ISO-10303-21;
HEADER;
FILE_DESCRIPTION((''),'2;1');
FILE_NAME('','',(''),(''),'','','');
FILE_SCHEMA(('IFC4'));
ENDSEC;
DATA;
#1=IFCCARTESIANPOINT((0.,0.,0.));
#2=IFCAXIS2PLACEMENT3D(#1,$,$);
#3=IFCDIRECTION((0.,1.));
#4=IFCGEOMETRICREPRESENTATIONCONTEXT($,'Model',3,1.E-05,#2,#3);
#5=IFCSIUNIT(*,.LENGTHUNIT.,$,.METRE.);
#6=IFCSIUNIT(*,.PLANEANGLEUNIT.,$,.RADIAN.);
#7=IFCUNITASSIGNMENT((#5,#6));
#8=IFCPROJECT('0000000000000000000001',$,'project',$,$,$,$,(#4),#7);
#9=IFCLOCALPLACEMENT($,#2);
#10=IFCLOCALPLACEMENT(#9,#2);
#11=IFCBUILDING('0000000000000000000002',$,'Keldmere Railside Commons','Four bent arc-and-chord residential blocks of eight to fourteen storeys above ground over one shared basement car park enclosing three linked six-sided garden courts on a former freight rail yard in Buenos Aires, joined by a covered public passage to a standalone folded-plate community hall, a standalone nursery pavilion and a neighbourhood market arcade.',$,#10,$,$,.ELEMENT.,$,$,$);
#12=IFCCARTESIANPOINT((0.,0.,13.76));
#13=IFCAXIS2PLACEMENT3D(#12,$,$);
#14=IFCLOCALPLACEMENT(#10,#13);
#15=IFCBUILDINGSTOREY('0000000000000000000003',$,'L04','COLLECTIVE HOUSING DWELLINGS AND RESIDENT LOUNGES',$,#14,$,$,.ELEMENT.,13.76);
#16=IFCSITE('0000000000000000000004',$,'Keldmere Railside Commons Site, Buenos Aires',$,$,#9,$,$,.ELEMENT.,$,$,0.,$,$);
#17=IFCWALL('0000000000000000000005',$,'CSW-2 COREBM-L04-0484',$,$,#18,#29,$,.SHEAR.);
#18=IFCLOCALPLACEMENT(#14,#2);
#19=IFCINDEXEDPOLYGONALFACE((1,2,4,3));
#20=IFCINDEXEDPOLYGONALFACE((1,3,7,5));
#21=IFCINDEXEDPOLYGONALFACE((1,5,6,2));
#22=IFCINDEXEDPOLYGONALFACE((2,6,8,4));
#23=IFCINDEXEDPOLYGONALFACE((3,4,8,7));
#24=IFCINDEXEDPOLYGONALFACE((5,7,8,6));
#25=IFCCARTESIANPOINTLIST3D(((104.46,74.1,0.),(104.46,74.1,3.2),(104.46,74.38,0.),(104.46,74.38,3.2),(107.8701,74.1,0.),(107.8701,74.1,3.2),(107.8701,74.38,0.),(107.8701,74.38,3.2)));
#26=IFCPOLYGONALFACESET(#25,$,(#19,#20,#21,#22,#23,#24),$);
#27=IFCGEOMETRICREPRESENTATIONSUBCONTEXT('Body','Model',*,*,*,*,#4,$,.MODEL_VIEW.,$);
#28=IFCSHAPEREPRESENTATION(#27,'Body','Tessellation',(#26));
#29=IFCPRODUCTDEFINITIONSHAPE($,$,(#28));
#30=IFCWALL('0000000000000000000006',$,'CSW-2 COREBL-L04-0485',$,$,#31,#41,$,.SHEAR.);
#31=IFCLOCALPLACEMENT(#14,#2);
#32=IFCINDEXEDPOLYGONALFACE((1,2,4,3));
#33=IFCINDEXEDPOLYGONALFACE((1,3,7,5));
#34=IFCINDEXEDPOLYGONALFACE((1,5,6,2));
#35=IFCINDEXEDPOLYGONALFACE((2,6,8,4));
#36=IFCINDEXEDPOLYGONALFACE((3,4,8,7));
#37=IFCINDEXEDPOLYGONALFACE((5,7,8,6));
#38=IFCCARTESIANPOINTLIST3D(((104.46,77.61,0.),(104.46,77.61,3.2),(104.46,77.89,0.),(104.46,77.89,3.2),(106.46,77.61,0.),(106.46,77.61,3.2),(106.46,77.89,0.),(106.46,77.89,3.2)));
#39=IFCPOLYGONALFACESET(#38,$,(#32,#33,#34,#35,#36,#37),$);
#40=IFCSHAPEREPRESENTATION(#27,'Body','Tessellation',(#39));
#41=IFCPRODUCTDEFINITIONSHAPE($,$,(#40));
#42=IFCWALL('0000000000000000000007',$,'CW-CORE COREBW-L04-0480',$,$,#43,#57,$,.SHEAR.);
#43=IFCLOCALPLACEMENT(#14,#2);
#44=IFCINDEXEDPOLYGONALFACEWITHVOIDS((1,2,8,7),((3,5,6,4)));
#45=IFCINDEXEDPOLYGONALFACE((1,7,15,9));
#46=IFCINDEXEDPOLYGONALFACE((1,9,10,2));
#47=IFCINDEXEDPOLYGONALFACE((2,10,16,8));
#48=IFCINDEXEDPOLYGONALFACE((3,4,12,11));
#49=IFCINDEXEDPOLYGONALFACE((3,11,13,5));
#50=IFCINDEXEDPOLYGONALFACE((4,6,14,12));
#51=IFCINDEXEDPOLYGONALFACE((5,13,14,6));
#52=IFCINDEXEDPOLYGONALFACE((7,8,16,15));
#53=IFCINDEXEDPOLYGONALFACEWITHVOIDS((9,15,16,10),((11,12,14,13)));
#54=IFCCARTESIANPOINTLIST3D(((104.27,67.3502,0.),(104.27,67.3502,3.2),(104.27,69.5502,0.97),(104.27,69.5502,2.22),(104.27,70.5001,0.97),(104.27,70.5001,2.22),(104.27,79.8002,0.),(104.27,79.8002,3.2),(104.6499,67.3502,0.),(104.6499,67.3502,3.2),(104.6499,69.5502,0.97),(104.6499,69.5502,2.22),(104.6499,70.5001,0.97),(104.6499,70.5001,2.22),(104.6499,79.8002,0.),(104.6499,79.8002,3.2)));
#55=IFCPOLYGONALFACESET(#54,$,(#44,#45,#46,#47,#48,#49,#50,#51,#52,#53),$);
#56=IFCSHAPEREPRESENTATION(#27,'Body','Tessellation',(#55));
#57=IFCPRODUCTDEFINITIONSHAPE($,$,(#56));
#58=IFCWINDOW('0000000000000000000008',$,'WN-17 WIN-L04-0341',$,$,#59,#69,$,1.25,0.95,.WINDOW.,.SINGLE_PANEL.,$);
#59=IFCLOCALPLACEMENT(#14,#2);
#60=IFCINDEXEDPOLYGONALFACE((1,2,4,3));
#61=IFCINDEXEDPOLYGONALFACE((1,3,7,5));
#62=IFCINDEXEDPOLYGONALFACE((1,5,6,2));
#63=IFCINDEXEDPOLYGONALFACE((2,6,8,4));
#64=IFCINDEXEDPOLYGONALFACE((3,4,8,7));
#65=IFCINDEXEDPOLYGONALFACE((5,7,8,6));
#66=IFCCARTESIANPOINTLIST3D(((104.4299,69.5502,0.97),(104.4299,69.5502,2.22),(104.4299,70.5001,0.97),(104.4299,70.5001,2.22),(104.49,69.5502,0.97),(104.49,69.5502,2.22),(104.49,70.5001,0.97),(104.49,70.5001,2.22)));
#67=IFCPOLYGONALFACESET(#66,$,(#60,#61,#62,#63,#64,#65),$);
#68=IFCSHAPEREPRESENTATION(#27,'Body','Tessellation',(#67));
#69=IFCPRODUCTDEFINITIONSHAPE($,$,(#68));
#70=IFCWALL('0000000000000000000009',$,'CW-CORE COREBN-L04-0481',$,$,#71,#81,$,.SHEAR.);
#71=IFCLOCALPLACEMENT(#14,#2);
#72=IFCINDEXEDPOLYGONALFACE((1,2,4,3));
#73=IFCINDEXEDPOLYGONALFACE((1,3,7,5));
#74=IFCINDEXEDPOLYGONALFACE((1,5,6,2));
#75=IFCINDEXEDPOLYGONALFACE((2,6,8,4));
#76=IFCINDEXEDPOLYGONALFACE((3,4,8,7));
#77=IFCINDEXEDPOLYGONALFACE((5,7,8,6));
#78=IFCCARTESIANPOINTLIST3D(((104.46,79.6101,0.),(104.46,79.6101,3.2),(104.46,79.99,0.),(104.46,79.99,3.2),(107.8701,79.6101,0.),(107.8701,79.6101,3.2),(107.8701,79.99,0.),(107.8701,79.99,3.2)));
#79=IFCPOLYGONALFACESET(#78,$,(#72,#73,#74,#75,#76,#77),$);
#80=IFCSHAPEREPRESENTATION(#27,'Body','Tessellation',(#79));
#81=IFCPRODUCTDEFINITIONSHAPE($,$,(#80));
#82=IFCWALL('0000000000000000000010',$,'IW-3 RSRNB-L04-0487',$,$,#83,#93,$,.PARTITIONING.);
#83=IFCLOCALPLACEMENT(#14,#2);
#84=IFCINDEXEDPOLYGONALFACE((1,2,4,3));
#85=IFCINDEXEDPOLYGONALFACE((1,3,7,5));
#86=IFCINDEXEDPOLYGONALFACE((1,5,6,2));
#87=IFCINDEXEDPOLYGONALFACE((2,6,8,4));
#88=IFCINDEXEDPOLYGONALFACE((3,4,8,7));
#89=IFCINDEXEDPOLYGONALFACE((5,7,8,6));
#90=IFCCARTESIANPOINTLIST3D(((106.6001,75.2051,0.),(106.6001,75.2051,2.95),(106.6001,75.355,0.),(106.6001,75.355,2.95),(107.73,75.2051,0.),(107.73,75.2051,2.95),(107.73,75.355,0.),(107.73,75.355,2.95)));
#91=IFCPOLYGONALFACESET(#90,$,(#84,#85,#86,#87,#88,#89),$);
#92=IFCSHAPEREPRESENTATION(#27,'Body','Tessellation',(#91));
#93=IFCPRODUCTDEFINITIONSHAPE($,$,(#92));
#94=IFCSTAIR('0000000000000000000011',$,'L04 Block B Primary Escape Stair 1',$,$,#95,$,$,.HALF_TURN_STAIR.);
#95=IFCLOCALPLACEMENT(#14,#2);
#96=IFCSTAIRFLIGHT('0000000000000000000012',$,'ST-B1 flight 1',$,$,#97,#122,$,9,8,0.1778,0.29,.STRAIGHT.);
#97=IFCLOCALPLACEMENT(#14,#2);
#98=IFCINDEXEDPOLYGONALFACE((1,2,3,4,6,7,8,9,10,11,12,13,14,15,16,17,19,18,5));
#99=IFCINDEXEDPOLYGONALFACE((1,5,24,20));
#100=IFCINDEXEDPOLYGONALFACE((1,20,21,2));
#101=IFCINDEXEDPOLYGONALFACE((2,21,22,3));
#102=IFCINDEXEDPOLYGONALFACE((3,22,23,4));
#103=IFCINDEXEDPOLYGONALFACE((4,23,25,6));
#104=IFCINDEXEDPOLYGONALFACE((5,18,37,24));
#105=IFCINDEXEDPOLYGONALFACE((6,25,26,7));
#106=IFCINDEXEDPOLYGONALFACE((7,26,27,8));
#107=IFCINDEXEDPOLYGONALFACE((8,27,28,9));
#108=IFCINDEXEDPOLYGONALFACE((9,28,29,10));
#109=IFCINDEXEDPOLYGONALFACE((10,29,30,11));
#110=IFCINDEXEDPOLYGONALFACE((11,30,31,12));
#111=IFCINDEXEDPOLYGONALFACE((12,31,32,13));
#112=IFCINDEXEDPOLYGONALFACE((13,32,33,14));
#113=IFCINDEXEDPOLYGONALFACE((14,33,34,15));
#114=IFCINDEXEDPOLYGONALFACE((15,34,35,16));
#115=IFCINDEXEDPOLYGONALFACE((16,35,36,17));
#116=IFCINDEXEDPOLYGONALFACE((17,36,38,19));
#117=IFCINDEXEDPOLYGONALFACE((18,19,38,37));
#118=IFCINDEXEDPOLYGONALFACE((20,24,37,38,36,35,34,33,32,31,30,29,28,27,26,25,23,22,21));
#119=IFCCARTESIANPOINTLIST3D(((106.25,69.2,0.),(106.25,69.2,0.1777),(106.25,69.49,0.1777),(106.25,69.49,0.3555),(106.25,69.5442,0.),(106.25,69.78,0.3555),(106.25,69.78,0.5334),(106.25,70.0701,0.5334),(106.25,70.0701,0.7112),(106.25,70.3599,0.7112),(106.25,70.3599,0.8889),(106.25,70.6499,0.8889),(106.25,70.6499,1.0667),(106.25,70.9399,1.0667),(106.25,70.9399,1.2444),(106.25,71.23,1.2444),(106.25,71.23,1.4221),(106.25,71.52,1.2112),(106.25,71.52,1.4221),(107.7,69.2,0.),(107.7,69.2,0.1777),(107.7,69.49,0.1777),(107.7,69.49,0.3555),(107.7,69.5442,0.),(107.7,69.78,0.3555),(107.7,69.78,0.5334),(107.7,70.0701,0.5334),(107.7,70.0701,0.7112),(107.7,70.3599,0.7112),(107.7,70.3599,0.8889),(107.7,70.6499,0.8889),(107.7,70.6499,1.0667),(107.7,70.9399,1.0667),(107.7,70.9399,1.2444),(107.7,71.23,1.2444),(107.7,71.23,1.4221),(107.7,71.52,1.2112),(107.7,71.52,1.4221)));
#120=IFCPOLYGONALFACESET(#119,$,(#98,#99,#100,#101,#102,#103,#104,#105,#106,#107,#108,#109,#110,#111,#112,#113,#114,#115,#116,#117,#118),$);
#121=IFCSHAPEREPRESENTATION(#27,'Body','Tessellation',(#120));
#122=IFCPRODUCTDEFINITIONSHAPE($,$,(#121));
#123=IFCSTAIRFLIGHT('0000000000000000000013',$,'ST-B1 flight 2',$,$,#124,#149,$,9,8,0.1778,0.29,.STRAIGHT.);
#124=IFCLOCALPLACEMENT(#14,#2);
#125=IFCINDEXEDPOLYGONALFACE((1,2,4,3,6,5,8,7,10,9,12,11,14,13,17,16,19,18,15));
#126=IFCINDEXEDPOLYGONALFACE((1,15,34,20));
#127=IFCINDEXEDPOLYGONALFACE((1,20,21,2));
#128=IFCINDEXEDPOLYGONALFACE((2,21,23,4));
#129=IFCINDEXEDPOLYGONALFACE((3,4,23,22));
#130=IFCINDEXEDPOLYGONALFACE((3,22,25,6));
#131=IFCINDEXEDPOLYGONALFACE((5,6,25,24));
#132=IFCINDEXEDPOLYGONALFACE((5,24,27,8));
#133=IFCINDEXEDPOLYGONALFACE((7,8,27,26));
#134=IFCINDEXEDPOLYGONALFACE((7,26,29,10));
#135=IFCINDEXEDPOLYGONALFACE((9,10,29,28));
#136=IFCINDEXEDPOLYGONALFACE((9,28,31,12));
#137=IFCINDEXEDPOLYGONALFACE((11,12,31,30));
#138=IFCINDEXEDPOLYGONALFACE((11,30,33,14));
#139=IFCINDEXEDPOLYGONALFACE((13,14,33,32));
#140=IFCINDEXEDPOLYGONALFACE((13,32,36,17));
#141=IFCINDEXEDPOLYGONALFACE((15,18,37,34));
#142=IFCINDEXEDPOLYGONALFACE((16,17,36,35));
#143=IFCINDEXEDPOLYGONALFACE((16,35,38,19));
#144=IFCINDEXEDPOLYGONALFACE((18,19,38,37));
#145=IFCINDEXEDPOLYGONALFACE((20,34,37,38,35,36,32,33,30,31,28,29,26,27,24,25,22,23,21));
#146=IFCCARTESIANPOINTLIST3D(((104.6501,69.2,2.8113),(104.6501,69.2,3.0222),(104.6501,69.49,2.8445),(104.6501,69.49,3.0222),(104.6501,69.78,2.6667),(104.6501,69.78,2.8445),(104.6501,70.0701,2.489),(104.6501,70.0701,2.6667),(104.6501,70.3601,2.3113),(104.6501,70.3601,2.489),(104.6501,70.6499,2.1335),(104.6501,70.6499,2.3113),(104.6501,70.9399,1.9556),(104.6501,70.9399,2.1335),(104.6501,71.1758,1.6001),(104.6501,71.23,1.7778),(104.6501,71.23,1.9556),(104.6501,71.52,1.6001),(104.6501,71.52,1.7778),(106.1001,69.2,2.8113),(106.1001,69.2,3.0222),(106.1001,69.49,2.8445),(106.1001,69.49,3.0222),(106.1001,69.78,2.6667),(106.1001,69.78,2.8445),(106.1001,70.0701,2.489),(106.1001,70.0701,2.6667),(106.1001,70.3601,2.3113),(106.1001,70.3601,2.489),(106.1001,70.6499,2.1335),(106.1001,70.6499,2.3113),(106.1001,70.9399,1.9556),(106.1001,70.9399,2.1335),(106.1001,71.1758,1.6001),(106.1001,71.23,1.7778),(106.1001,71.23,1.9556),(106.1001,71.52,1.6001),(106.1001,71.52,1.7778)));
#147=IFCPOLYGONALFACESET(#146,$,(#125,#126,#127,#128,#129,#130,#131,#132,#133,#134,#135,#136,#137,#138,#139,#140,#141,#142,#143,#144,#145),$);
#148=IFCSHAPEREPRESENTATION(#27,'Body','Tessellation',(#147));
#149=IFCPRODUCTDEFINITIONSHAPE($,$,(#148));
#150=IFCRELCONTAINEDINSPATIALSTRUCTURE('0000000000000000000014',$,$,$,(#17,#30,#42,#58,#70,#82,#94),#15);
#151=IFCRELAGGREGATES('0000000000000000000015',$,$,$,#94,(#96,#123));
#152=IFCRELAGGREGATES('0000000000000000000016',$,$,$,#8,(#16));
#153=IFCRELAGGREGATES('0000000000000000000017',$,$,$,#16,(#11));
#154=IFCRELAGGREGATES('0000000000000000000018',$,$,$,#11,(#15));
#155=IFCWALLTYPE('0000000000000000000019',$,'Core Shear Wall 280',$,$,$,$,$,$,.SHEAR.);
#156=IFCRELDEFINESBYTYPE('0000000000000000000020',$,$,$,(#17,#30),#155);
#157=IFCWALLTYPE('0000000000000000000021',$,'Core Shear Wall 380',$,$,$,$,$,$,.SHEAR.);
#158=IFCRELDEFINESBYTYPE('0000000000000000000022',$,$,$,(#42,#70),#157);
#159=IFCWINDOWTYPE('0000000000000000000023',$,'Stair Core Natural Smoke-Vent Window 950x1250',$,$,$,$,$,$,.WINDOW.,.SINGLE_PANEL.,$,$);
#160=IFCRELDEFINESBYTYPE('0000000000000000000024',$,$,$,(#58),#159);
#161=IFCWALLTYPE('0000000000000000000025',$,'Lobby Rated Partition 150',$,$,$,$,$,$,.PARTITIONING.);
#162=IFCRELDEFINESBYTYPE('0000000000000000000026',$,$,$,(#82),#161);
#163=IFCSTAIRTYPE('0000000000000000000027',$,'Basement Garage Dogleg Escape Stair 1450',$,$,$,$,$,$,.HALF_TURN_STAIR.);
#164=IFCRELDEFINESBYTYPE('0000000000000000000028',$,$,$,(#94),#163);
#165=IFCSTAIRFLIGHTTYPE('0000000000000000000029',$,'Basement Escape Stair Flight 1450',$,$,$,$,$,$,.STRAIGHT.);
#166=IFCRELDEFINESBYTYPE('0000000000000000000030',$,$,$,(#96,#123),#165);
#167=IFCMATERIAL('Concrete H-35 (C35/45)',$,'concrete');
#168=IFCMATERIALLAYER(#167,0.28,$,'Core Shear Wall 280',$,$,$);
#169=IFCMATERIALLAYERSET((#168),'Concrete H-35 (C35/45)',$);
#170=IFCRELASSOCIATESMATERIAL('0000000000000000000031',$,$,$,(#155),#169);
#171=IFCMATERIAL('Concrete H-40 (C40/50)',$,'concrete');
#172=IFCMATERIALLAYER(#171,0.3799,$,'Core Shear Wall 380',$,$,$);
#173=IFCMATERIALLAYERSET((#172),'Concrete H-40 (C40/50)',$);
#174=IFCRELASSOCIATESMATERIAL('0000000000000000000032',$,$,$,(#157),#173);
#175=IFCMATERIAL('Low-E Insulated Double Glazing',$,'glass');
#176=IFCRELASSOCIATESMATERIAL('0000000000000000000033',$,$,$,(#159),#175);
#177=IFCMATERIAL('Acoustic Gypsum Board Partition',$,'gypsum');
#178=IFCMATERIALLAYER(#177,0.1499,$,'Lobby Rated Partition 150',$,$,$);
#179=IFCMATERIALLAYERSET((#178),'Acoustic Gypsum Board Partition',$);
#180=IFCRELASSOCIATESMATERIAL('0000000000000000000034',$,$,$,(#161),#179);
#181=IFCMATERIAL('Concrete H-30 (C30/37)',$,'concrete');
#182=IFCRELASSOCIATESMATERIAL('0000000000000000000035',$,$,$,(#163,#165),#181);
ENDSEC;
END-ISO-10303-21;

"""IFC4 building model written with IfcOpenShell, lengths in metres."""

from ifc_helpers import new_model, si_unit, direction, frame, frame_2d, origin, place, context, subcontext, project, spatial, polyline, rectangle, outline, extrude, material, layer, layer_set, type_object, element, fill, aggregate, save


model = new_model("IFC4")

# Units and contexts
model_context = context("Model", 3, precision=1e-05, world=origin(), true_north=direction((0.0, 1.0)))
body_context = subcontext(model_context, "Body", "Model", "MODEL_VIEW")
ifc_project = project(units=[si_unit("LENGTHUNIT", "METRE"), si_unit("PLANEANGLEUNIT", "RADIAN")], contexts=[model_context])

# Site, building, storey
site_placement = place(None, origin())
site = spatial("IfcSite", under=ifc_project, at=site_placement, Name="Keldmere Railside Commons Site, Buenos Aires", CompositionType="ELEMENT", RefElevation=0.0)
building_placement = place(site_placement, origin())
building = spatial("IfcBuilding", under=site, at=building_placement, Name="Keldmere Railside Commons", Description="Four bent arc-and-chord residential blocks of eight to fourteen storeys above ground over one shared basement car park enclosing three linked six-sided garden courts on a former freight rail yard in Buenos Aires, joined by a covered public passage to a standalone folded-plate community hall, a standalone nursery pavilion and a neighbourhood market arcade.", CompositionType="ELEMENT")
storey_placement = place(building_placement, frame((0.0, 0.0, 13.76)))
storey = spatial("IfcBuildingStorey", under=building, at=storey_placement, Name="L04", Description="COLLECTIVE HOUSING DWELLINGS AND RESIDENT LOUNGES", CompositionType="ELEMENT", Elevation=13.76)

# Walls
ifc_material_1 = material(Name="Concrete H-35 (C35/45)", Category="concrete")
ifc_layer_1 = layer(ifc_material_1, 0.28, Name="Core Shear Wall 280")
ifc_layer_set_1 = layer_set([ifc_layer_1], Name="Concrete H-35 (C35/45)")
wall_type_1 = type_object("IfcWallType", Name="Core Shear Wall 280", PredefinedType="SHEAR", material=ifc_layer_set_1)
wall_1_placement = place(storey_placement, frame((104.46, 74.24, 0.0), z_axis=(0.0, 0.0, 1.0), x_axis=(1.0, 0.0, 0.0)))
element("IfcWall", 1, at=wall_1_placement, inside=storey, type_object=wall_type_1, Name="CSW-2 COREBM-L04-0484", PredefinedType="SHEAR", context=body_context, shape_type="SweptSolid", body=[
    extrude(rectangle(XDim=3.4102, YDim=0.28, at=frame_2d((1.7051, 0.0))), origin(), (0.0, 0.0, 1.0), 3.2),
])
wall_2_placement = place(storey_placement, frame((104.46, 77.75, 0.0), z_axis=(0.0, 0.0, 1.0), x_axis=(1.0, 0.0, 0.0)))
element("IfcWall", 2, at=wall_2_placement, inside=storey, type_object=wall_type_1, Name="CSW-2 COREBL-L04-0485", PredefinedType="SHEAR", context=body_context, shape_type="SweptSolid", body=[
    extrude(rectangle(XDim=2.0, YDim=0.28, at=frame_2d((1.0, 0.0))), origin(), (0.0, 0.0, 1.0), 3.2),
])

# Wall, opening, window
ifc_material_2 = material(Name="Concrete H-40 (C40/50)", Category="concrete")
ifc_layer_2 = layer(ifc_material_2, 0.3799, Name="Core Shear Wall 380")
ifc_layer_set_2 = layer_set([ifc_layer_2], Name="Concrete H-40 (C40/50)")
wall_type_2 = type_object("IfcWallType", Name="Core Shear Wall 380", PredefinedType="SHEAR", material=ifc_layer_set_2)
wall_3_placement = place(storey_placement, frame((104.46, 67.3501, 0.0), z_axis=(0.0, 0.0, 1.0), x_axis=(0.0, 1.0, 0.0)))
wall_3 = element("IfcWall", 3, at=wall_3_placement, inside=storey, type_object=wall_type_2, Name="CW-CORE COREBW-L04-0480", PredefinedType="SHEAR", context=body_context, shape_type="SweptSolid", body=[
    extrude(rectangle(XDim=12.45, YDim=0.3799, at=frame_2d((6.2251, 0.0))), origin(), (0.0, 0.0, 1.0), 3.2),
])
opening_1_placement = place(wall_3_placement, frame((2.2, 0.0, 0.97)))
opening_1 = element("IfcOpeningElement", 4, at=opening_1_placement, cuts=wall_3, PredefinedType="OPENING", context=body_context, shape_type="SweptSolid", body=[
    extrude(rectangle(XDim=0.95, YDim=1.25, at=frame_2d((0.4751, 0.625))), frame((0.0, 0.2, 0.0), z_axis=(0.0, -1.0, 0.0), x_axis=(1.0, 0.0, 0.0)), (0.0, 0.0, 1.0), 0.3999),
])
ifc_material_3 = material(Name="Low-E Insulated Double Glazing", Category="glass")
window_type = type_object("IfcWindowType", Name="Stair Core Natural Smoke-Vent Window 950x1250", PartitioningType="SINGLE_PANEL", PredefinedType="WINDOW", material=ifc_material_3)
window_placement = place(opening_1_placement, origin())
window = element("IfcWindow", 5, at=window_placement, inside=storey, type_object=window_type, Name="WN-17 WIN-L04-0341", OverallHeight=1.25, OverallWidth=0.95, PartitioningType="SINGLE_PANEL", PredefinedType="WINDOW", context=body_context, shape_type="SweptSolid", body=[
    extrude(rectangle(XDim=0.95, YDim=1.25, at=frame_2d((0.4751, 0.625))), frame((0.0, 0.03, 0.0), z_axis=(0.0, -1.0, 0.0), x_axis=(1.0, 0.0, 0.0)), (0.0, 0.0, 1.0), 0.0601),
])
fill(opening_1, window)

# Walls
wall_4_placement = place(storey_placement, frame((104.46, 79.8, 0.0), z_axis=(0.0, 0.0, 1.0), x_axis=(1.0, 0.0, 0.0)))
element("IfcWall", 6, at=wall_4_placement, inside=storey, type_object=wall_type_2, Name="CW-CORE COREBN-L04-0481", PredefinedType="SHEAR", context=body_context, shape_type="SweptSolid", body=[
    extrude(rectangle(XDim=3.4102, YDim=0.3799, at=frame_2d((1.7051, 0.0))), origin(), (0.0, 0.0, 1.0), 3.2),
])
ifc_material_4 = material(Name="Acoustic Gypsum Board Partition", Category="gypsum")
ifc_layer_3 = layer(ifc_material_4, 0.1499, Name="Lobby Rated Partition 150")
ifc_layer_set_3 = layer_set([ifc_layer_3], Name="Acoustic Gypsum Board Partition")
wall_type_3 = type_object("IfcWallType", Name="Lobby Rated Partition 150", PredefinedType="PARTITIONING", material=ifc_layer_set_3)
wall_5_placement = place(storey_placement, frame((106.6001, 75.28, 0.0), z_axis=(0.0, 0.0, 1.0), x_axis=(1.0, 0.0, 0.0)))
element("IfcWall", 7, at=wall_5_placement, inside=storey, type_object=wall_type_3, Name="IW-3 RSRNB-L04-0487", PredefinedType="PARTITIONING", context=body_context, shape_type="SweptSolid", body=[
    extrude(rectangle(XDim=1.1299, YDim=0.1499, at=frame_2d((0.5649, 0.0))), origin(), (0.0, 0.0, 1.0), 2.95),
])

# Stair, stair flights
ifc_material_5 = material(Name="Concrete H-30 (C30/37)", Category="concrete")
stair_type = type_object("IfcStairType", Name="Basement Garage Dogleg Escape Stair 1450", PredefinedType="HALF_TURN_STAIR", material=ifc_material_5)
stair_placement = place(storey_placement, origin())
stair = element("IfcStair", 8, at=stair_placement, inside=storey, type_object=stair_type, Name="L04 Block B Primary Escape Stair 1", PredefinedType="HALF_TURN_STAIR")
stair_flight_type = type_object("IfcStairFlightType", Name="Basement Escape Stair Flight 1450", PredefinedType="STRAIGHT", material=ifc_material_5)
stair_flight_1_placement = place(storey_placement, frame((106.9751, 69.2, 0.0), z_axis=(0.0, 0.0, 1.0), x_axis=(0.0, 1.0, 0.0)))
stair_flight_1 = element("IfcStairFlight", 9, at=stair_flight_1_placement, type_object=stair_flight_type, Name="ST-B1 flight 1", NumberOfRisers=9, NumberOfTreads=8, PredefinedType="STRAIGHT", RiserHeight=0.1778, TreadLength=0.29, context=body_context, shape_type="SweptSolid", body=[
    extrude(outline(polyline([(0.0, 0.0), (0.0, 0.1777), (0.29, 0.1777), (0.29, 0.3555), (0.5801, 0.3555), (0.5801, 0.5334), (0.8701, 0.5334), (0.8701, 0.7112), (1.1599, 0.7112), (1.1599, 0.8889), (1.45, 0.8889), (1.45, 1.0667), (1.74, 1.0667), (1.74, 1.2444), (2.03, 1.2444), (2.03, 1.4221), (2.3201, 1.4221), (2.3201, 1.6001), (2.3201, 1.2112), (0.3442, 0.0), (0.0, 0.0)])), frame((0.0, 0.7251, 0.0), z_axis=(0.0, -1.0, 0.0), x_axis=(1.0, 0.0, 0.0)), (0.0, 0.0, 1.0), 1.45),
])
stair_flight_2_placement = place(storey_placement, frame((105.375, 71.52, 1.6001), z_axis=(0.0, 0.0, 1.0), x_axis=(0.0, -1.0, 0.0)))
stair_flight_2 = element("IfcStairFlight", 10, at=stair_flight_2_placement, type_object=stair_flight_type, Name="ST-B1 flight 2", NumberOfRisers=9, NumberOfTreads=8, PredefinedType="STRAIGHT", RiserHeight=0.1778, TreadLength=0.29, context=body_context, shape_type="SweptSolid", body=[
    extrude(outline(polyline([(0.0, 0.0), (0.0, 0.1777), (0.29, 0.1777), (0.29, 0.3555), (0.5801, 0.3555), (0.5801, 0.5334), (0.8701, 0.5334), (0.8701, 0.7112), (1.1599, 0.7112), (1.1599, 0.8889), (1.45, 0.8889), (1.45, 1.0667), (1.74, 1.0667), (1.74, 1.2444), (2.03, 1.2444), (2.03, 1.4221), (2.3201, 1.4221), (2.3201, 1.6001), (2.3201, 1.2112), (0.3442, 0.0), (0.0, 0.0)])), frame((0.0, 0.7251, 0.0), z_axis=(0.0, -1.0, 0.0), x_axis=(1.0, 0.0, 0.0)), (0.0, 0.0, 1.0), 1.45),
])
aggregate(stair, [stair_flight_1, stair_flight_2])

save(model, "model.ifc")
